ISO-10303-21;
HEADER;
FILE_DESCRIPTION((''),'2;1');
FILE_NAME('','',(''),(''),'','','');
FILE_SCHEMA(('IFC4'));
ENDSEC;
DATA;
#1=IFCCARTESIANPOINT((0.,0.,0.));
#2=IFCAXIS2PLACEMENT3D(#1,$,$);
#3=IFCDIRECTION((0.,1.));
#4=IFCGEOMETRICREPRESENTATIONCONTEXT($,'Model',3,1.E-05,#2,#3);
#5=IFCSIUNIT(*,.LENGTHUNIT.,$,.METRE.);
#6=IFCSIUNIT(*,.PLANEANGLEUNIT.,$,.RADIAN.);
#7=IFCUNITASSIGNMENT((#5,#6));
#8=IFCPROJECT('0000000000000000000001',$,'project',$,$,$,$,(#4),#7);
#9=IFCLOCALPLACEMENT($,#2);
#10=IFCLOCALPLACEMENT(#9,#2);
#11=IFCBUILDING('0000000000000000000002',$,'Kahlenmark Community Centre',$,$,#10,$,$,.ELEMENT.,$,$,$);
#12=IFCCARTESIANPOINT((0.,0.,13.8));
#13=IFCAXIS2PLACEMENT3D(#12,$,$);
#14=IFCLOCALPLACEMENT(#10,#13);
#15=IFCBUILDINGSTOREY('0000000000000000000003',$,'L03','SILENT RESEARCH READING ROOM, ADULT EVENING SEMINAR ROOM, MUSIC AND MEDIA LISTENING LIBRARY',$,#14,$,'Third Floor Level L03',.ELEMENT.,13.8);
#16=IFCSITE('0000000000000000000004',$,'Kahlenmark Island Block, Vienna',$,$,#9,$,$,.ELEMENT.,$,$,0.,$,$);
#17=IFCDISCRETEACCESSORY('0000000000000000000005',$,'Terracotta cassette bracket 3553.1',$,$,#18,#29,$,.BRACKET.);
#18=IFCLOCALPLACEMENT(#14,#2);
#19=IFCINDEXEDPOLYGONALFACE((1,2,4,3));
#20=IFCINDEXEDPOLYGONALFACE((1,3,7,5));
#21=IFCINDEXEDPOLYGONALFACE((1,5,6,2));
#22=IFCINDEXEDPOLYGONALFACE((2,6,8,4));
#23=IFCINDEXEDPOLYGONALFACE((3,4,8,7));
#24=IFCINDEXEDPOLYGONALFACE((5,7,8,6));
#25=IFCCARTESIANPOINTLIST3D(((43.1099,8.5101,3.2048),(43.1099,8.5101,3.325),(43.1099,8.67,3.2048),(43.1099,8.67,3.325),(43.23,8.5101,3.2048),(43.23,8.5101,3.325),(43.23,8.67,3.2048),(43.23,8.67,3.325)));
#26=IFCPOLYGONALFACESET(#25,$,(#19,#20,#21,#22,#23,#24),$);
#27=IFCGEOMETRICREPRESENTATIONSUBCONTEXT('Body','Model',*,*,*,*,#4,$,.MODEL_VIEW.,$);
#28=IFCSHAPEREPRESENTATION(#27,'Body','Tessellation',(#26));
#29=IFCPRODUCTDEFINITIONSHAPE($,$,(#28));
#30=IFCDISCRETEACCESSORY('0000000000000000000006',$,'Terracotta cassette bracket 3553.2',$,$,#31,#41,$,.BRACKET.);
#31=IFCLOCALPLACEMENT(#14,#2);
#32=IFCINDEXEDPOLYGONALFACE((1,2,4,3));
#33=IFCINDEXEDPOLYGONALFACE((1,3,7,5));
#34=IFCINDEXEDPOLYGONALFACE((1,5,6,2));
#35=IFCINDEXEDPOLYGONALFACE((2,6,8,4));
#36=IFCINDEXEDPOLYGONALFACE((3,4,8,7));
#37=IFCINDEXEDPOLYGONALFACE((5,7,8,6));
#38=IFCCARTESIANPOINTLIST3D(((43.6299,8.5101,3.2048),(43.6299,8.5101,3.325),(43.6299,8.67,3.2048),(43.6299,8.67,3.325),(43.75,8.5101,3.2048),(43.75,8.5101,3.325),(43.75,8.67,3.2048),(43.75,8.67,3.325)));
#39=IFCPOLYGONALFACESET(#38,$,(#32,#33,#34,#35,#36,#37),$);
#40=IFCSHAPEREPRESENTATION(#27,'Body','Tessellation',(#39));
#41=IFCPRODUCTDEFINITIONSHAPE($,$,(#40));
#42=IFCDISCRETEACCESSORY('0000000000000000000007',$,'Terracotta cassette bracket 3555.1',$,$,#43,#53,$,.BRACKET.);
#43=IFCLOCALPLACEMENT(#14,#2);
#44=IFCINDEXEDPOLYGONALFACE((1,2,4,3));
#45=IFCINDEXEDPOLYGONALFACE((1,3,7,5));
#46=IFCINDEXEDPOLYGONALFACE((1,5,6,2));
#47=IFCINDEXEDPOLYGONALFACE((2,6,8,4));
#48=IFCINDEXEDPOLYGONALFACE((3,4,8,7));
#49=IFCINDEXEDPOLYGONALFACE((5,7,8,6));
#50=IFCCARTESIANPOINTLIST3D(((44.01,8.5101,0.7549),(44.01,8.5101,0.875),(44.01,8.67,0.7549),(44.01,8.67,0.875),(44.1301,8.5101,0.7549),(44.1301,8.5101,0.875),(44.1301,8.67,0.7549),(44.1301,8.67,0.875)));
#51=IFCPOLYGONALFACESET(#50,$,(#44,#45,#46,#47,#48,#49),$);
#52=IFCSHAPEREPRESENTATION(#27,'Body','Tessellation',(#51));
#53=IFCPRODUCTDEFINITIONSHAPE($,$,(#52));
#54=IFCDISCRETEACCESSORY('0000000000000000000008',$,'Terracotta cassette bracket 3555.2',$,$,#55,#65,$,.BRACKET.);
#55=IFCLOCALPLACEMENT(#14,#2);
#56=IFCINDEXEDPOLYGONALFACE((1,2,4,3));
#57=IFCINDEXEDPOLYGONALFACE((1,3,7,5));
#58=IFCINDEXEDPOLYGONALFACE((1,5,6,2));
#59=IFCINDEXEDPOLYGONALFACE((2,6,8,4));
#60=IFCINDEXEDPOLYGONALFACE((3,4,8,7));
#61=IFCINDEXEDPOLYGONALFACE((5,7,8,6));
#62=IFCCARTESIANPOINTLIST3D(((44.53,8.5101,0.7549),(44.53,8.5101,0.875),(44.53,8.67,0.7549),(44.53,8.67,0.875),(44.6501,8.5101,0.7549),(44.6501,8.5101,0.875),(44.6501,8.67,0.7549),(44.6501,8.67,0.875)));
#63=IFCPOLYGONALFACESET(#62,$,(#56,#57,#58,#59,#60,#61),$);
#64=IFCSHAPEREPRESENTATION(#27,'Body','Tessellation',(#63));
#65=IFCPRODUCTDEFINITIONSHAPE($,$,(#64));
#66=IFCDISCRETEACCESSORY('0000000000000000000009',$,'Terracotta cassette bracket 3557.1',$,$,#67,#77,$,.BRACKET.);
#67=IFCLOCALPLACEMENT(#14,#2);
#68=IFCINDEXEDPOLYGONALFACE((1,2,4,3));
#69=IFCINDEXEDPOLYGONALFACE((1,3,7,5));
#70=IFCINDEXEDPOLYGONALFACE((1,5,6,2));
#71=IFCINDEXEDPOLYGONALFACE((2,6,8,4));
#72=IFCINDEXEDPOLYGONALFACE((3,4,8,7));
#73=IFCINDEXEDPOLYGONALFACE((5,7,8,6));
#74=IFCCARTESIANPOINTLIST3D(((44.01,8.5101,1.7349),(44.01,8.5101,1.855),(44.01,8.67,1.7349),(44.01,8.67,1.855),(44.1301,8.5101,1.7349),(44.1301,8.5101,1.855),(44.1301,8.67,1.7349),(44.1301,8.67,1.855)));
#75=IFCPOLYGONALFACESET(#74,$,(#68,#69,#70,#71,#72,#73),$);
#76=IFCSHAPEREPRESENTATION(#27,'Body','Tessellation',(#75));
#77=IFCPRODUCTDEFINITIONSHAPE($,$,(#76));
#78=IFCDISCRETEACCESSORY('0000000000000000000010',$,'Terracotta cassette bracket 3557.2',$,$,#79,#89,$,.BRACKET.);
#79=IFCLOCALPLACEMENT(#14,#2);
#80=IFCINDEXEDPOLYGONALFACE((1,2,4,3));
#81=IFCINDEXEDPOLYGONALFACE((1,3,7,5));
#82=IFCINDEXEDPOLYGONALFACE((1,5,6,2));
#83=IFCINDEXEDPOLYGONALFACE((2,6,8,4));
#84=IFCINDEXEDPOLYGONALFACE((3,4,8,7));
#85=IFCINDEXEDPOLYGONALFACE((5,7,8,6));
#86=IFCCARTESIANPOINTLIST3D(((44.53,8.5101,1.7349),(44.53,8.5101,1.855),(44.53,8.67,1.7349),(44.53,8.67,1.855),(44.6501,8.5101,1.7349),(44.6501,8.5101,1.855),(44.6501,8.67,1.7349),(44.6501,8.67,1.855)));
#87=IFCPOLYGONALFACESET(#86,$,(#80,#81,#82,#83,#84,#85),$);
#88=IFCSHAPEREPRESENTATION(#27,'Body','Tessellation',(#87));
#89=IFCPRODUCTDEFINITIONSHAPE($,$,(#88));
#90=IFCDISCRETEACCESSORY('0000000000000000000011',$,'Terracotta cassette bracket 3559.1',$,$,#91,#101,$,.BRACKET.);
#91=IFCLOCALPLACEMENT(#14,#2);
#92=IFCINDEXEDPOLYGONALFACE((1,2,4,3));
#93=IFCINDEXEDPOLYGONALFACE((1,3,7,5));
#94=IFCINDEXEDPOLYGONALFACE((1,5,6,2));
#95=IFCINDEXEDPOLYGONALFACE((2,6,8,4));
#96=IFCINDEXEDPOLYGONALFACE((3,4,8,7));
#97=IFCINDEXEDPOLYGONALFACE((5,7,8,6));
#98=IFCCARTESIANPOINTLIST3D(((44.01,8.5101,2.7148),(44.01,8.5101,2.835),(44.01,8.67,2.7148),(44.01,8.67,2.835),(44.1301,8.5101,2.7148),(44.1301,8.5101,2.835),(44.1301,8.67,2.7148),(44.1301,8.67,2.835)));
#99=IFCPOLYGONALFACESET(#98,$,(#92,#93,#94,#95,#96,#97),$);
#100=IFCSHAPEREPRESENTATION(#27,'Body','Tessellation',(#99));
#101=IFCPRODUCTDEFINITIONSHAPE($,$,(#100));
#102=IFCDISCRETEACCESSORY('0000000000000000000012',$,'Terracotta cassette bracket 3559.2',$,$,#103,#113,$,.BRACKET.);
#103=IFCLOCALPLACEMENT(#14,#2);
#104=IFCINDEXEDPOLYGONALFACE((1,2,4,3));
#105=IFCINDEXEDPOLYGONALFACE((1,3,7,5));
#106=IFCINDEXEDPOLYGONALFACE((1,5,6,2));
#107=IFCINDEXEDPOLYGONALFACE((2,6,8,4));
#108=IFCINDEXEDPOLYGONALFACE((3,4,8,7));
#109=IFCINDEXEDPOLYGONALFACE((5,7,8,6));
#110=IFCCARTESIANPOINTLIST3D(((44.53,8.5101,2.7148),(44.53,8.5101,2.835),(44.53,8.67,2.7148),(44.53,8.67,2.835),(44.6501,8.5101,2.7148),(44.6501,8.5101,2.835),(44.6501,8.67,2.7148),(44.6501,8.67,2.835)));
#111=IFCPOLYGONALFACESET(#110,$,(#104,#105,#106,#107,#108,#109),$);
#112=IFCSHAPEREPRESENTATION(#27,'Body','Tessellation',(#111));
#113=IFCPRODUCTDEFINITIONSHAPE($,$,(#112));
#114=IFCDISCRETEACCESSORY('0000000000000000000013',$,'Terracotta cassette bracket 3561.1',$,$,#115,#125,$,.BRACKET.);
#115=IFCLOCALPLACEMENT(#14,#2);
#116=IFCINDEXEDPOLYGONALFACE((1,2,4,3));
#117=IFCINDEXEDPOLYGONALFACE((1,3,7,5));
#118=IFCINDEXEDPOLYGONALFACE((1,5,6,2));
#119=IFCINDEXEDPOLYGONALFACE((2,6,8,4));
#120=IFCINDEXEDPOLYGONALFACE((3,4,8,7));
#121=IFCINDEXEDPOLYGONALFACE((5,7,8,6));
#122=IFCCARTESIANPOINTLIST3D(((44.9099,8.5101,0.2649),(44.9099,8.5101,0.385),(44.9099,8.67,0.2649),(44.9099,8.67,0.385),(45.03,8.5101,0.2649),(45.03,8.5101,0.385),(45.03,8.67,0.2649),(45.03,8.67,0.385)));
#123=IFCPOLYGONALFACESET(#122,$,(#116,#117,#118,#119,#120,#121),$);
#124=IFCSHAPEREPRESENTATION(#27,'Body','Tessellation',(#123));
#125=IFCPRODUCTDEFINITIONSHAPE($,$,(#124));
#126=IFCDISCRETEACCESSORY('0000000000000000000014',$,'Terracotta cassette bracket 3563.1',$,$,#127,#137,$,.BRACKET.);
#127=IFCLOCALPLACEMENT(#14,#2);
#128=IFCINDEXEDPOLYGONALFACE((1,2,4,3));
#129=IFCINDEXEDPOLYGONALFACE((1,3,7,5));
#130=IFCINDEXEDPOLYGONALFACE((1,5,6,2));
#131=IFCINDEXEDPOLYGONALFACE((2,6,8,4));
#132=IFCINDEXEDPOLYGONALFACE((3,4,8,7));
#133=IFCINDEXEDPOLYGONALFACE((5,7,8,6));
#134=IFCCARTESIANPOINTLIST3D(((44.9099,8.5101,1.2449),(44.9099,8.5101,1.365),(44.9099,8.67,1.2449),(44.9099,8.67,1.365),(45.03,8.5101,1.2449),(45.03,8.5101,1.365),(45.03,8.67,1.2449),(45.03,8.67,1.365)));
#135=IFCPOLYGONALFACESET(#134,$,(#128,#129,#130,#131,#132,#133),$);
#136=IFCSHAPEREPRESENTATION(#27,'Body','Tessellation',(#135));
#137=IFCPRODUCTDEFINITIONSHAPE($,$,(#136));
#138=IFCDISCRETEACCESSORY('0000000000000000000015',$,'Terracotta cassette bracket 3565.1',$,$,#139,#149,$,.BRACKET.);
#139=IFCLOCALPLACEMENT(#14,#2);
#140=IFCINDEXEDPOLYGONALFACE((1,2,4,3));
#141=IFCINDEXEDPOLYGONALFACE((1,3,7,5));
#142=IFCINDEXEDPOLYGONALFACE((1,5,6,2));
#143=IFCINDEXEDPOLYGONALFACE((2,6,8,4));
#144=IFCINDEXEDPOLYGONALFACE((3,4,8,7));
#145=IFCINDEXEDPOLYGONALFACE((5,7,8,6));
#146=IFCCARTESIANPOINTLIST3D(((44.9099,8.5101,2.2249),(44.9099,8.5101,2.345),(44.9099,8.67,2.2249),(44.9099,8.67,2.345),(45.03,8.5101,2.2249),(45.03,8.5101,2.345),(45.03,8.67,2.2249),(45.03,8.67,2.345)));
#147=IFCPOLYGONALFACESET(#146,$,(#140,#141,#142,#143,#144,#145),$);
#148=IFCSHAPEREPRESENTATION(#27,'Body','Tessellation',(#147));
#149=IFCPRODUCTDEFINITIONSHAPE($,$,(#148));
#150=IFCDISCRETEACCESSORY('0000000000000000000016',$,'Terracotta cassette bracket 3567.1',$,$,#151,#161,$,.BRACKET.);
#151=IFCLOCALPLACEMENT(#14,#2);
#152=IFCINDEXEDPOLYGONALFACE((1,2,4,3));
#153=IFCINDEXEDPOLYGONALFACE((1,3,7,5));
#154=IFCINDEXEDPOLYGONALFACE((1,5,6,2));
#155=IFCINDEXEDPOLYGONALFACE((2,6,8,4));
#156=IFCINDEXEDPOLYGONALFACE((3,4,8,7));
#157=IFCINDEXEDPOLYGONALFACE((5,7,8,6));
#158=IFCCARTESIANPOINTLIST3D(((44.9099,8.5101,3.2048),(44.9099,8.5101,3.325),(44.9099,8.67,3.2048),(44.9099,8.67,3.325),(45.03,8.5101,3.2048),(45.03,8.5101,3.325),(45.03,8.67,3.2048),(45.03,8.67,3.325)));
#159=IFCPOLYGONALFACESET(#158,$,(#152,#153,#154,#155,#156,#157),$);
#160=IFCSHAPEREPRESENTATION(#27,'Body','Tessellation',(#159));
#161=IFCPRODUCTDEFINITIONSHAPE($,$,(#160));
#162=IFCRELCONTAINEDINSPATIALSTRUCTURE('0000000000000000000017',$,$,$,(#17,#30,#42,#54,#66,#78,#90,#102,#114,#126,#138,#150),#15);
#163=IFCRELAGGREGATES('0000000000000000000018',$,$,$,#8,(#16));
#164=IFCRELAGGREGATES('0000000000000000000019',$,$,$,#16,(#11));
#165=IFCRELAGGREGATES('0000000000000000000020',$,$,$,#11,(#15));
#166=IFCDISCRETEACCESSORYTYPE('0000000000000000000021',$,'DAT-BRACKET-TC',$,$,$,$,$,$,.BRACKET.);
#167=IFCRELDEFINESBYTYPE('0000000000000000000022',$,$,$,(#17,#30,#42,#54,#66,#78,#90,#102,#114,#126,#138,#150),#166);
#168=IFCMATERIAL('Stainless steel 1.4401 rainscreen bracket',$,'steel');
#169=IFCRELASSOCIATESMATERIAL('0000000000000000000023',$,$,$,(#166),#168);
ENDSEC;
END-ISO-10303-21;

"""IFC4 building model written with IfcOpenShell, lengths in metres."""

from ifc_helpers import new_model, si_unit, direction, frame, origin, origin_2d, place, context, subcontext, project, spatial, rectangle, extrude, material, type_object, element, save


model = new_model("IFC4")

# Units and contexts
model_context = context("Model", 3, precision=1e-05, world=origin(), true_north=direction((0.0, 1.0)))
body_context = subcontext(model_context, "Body", "Model", "MODEL_VIEW")
ifc_project = project(units=[si_unit("LENGTHUNIT", "METRE"), si_unit("PLANEANGLEUNIT", "RADIAN")], contexts=[model_context])

# Site, building, storey
site_placement = place(None, origin())
site = spatial("IfcSite", under=ifc_project, at=site_placement, Name="Kahlenmark Island Block, Vienna", CompositionType="ELEMENT", RefElevation=0.0)
building_placement = place(site_placement, origin())
building = spatial("IfcBuilding", under=site, at=building_placement, Name="Kahlenmark Community Centre", CompositionType="ELEMENT")
storey_placement = place(building_placement, frame((0.0, 0.0, 13.8)))
storey = spatial("IfcBuildingStorey", under=building, at=storey_placement, Name="L03", Description="SILENT RESEARCH READING ROOM, ADULT EVENING SEMINAR ROOM, MUSIC AND MEDIA LISTENING LIBRARY", LongName="Third Floor Level L03", CompositionType="ELEMENT", Elevation=13.8)

# Discrete accessories
ifc_material_1 = material(Name="Stainless steel 1.4401 rainscreen bracket", Category="steel")
discrete_accessory_type = type_object("IfcDiscreteAccessoryType", Name="DAT-BRACKET-TC", PredefinedType="BRACKET", material=ifc_material_1)
for number, where, z_axis, x_axis, name in (
    (1, (43.1699, 8.5901, 3.2048), (0.0, 0.0, 1.0), (1.0, 0.0, 0.0), "Terracotta cassette bracket 3553.1"),
    (2, (43.6899, 8.5901, 3.2048), (0.0, 0.0, 1.0), (1.0, 0.0, 0.0), "Terracotta cassette bracket 3553.2"),
    (3, (44.0701, 8.5901, 0.7549), (0.0, 0.0, 1.0), (1.0, 0.0, 0.0), "Terracotta cassette bracket 3555.1"),
    (4, (44.5901, 8.5901, 0.7549), (0.0, 0.0, 1.0), (1.0, 0.0, 0.0), "Terracotta cassette bracket 3555.2"),
    (5, (44.0701, 8.5901, 1.7349), (0.0, 0.0, 1.0), (1.0, 0.0, 0.0), "Terracotta cassette bracket 3557.1"),
    (6, (44.5901, 8.5901, 1.7349), (0.0, 0.0, 1.0), (1.0, 0.0, 0.0), "Terracotta cassette bracket 3557.2"),
    (7, (44.0701, 8.5901, 2.7148), (0.0, 0.0, 1.0), (1.0, 0.0, 0.0), "Terracotta cassette bracket 3559.1"),
    (8, (44.5901, 8.5901, 2.7148), (0.0, 0.0, 1.0), (1.0, 0.0, 0.0), "Terracotta cassette bracket 3559.2"),
    (9, (44.97, 8.5901, 0.2649), (0.0, 0.0, 1.0), (1.0, 0.0, 0.0), "Terracotta cassette bracket 3561.1"),
    (10, (44.97, 8.5901, 1.2449), (0.0, 0.0, 1.0), (1.0, 0.0, 0.0), "Terracotta cassette bracket 3563.1"),
    (11, (44.97, 8.5901, 2.2249), (0.0, 0.0, 1.0), (1.0, 0.0, 0.0), "Terracotta cassette bracket 3565.1"),
    (12, (44.97, 8.5901, 3.2048), (0.0, 0.0, 1.0), (1.0, 0.0, 0.0), "Terracotta cassette bracket 3567.1"),
):
    element("IfcDiscreteAccessory", number, at=place(storey_placement, frame(where, z_axis=z_axis, x_axis=x_axis)), inside=storey, type_object=discrete_accessory_type, Name=name, PredefinedType="BRACKET", context=body_context, shape_type="SweptSolid", body=[
        extrude(rectangle(XDim=0.1201, YDim=0.1599, at=origin_2d()), origin(), (0.0, 0.0, 1.0), 0.1201),
    ])

save(model, "model.ifc")
